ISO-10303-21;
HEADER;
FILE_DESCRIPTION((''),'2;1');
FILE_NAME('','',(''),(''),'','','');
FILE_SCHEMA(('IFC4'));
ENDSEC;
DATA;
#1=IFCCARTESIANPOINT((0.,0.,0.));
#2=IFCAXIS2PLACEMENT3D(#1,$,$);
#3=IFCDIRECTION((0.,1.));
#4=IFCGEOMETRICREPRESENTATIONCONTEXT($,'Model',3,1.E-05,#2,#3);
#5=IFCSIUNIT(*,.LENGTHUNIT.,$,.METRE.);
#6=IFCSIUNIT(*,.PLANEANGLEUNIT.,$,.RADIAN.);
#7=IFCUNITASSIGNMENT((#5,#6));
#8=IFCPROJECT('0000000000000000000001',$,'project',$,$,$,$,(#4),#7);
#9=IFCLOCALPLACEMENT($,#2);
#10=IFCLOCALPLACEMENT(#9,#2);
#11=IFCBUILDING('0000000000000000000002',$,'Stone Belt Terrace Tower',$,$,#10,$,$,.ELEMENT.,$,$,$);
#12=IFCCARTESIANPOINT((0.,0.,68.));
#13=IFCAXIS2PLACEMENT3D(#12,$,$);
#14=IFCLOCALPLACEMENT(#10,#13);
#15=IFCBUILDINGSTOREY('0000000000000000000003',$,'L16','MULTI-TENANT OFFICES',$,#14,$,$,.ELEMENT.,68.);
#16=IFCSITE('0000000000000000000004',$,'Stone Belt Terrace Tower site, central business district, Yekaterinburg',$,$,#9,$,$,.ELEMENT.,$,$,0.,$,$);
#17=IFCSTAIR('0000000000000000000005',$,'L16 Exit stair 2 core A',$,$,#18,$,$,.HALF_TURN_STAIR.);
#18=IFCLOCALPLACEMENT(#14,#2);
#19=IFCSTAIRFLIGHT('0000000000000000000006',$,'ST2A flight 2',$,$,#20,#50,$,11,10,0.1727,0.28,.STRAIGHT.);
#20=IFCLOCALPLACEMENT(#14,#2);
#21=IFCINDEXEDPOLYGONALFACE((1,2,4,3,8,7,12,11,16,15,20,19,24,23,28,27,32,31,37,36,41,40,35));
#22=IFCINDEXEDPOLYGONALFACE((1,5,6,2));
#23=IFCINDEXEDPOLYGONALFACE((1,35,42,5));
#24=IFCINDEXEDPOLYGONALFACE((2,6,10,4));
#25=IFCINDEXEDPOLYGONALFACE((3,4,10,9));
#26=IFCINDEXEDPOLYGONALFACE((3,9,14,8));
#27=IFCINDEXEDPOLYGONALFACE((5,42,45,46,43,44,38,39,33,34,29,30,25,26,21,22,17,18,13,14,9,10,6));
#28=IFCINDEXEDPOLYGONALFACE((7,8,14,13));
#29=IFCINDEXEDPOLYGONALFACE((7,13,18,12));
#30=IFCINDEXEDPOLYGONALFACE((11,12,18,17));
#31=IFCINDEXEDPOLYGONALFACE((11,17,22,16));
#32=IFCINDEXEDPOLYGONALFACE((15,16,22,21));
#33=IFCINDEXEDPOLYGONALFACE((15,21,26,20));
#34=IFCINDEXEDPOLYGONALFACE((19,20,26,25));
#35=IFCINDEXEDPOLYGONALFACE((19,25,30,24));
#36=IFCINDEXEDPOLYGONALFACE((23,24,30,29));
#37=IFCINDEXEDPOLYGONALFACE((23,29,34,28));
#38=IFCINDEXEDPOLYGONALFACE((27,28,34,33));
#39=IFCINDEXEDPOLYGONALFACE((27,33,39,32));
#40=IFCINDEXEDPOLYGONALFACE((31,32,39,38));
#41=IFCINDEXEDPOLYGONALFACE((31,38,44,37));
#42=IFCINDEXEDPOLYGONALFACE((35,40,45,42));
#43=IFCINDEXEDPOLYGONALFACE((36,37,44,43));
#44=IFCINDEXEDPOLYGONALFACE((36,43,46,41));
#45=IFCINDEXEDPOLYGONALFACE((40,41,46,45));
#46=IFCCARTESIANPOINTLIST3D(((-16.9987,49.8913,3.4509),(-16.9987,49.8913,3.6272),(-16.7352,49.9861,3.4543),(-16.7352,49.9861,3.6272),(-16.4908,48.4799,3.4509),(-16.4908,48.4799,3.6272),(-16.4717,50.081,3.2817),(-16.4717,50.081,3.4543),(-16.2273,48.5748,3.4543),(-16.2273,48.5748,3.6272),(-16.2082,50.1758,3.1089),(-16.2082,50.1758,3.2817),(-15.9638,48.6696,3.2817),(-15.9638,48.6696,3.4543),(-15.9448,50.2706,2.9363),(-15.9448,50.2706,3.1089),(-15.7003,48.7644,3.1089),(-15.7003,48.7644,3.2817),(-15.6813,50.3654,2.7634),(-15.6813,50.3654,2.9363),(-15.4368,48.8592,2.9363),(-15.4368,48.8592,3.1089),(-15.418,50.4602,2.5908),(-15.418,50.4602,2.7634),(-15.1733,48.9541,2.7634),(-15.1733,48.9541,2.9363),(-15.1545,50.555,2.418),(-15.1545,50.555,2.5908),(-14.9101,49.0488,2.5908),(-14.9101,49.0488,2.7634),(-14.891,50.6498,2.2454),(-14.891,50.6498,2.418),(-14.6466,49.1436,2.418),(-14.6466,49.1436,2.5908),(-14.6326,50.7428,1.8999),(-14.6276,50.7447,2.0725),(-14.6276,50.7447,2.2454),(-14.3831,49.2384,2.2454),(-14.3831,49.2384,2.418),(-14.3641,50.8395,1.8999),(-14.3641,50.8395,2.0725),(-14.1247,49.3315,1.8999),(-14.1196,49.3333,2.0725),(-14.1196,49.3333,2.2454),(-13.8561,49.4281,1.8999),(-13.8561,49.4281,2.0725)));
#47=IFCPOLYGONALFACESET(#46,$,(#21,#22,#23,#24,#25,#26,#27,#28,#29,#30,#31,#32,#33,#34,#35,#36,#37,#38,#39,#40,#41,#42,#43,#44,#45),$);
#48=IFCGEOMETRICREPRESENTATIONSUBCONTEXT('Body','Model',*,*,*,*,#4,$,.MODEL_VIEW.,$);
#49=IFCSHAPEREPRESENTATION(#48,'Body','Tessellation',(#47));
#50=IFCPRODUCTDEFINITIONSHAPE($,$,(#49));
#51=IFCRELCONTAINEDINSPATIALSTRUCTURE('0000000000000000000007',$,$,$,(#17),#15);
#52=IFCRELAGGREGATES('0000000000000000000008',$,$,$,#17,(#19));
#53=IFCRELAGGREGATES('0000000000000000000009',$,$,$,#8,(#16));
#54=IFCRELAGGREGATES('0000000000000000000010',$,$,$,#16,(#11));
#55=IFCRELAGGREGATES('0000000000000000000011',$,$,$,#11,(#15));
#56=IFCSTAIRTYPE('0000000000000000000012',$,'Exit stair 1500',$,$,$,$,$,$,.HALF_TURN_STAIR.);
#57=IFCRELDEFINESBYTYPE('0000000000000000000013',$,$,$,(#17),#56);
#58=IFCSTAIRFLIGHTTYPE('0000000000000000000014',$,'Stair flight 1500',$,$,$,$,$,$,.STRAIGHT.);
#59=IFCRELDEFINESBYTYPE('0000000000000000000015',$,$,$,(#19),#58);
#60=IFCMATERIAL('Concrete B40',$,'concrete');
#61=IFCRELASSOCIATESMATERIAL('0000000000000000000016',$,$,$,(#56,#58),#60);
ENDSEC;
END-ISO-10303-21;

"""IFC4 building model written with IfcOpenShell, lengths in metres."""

from ifc_helpers import new_model, si_unit, direction, frame, origin, place, context, subcontext, project, spatial, polyline, outline, extrude, material, type_object, element, aggregate, save


model = new_model("IFC4")

# Units and contexts
model_context = context("Model", 3, precision=1e-05, world=origin(), true_north=direction((0.0, 1.0)))
body_context = subcontext(model_context, "Body", "Model", "MODEL_VIEW")
ifc_project = project(units=[si_unit("LENGTHUNIT", "METRE"), si_unit("PLANEANGLEUNIT", "RADIAN")], contexts=[model_context])

# Site, building, storey
site_placement = place(None, origin())
site = spatial("IfcSite", under=ifc_project, at=site_placement, Name="Stone Belt Terrace Tower site, central business district, Yekaterinburg", CompositionType="ELEMENT", RefElevation=0.0)
building_placement = place(site_placement, origin())
building = spatial("IfcBuilding", under=site, at=building_placement, Name="Stone Belt Terrace Tower", CompositionType="ELEMENT")
storey_placement = place(building_placement, frame((0.0, 0.0, 68.0)))
storey = spatial("IfcBuildingStorey", under=building, at=storey_placement, Name="L16", Description="MULTI-TENANT OFFICES", CompositionType="ELEMENT", Elevation=68.0)

# Stair, stair flight
ifc_material_1 = material(Name="Concrete B40", Category="concrete")
stair_type = type_object("IfcStairType", Name="Exit stair 1500", PredefinedType="HALF_TURN_STAIR", material=ifc_material_1)
stair_placement = place(storey_placement, origin())
stair = element("IfcStair", 1, at=stair_placement, inside=storey, type_object=stair_type, Name="L16 Exit stair 2 core A", PredefinedType="HALF_TURN_STAIR")
stair_flight_type = type_object("IfcStairFlightType", Name="Stair flight 1500", PredefinedType="STRAIGHT", material=ifc_material_1)
stair_flight_1_placement = place(storey_placement, frame((-14.1101, 50.1338, 1.8999), z_axis=(0.0, 0.0, 1.0), x_axis=(-0.940922, -0.338624, 0.0)))
stair_flight_1 = element("IfcStairFlight", 2, at=stair_flight_1_placement, type_object=stair_flight_type, Name="ST2A flight 2", NumberOfRisers=11, NumberOfTreads=10, PredefinedType="STRAIGHT", RiserHeight=0.1727, TreadLength=0.28, context=body_context, shape_type="SweptSolid", body=[
    extrude(outline(polyline([(0.0, 0.0), (0.0, 0.1726), (0.28, 0.1726), (0.28, 0.3455), (0.5601, 0.3455), (0.5601, 0.5181), (0.8401, 0.5181), (0.8401, 0.6909), (1.1201, 0.6909), (1.1201, 0.8635), (1.3999, 0.8635), (1.3999, 1.0364), (1.6799, 1.0364), (1.6799, 1.209), (1.96, 1.209), (1.96, 1.3818), (2.24, 1.3818), (2.24, 1.5544), (2.52, 1.5544), (2.52, 1.7273), (2.8, 1.7273), (2.8, 1.8999), (2.8, 1.551), (0.2854, 0.0), (0.0, 0.0)])), frame((0.0, 0.75, 0.0), z_axis=(0.0, -1.0, 0.0), x_axis=(1.0, 0.0, 0.0)), (0.0, 0.0, 1.0), 1.5),
])
aggregate(stair, [stair_flight_1])

save(model, "model.ifc")
